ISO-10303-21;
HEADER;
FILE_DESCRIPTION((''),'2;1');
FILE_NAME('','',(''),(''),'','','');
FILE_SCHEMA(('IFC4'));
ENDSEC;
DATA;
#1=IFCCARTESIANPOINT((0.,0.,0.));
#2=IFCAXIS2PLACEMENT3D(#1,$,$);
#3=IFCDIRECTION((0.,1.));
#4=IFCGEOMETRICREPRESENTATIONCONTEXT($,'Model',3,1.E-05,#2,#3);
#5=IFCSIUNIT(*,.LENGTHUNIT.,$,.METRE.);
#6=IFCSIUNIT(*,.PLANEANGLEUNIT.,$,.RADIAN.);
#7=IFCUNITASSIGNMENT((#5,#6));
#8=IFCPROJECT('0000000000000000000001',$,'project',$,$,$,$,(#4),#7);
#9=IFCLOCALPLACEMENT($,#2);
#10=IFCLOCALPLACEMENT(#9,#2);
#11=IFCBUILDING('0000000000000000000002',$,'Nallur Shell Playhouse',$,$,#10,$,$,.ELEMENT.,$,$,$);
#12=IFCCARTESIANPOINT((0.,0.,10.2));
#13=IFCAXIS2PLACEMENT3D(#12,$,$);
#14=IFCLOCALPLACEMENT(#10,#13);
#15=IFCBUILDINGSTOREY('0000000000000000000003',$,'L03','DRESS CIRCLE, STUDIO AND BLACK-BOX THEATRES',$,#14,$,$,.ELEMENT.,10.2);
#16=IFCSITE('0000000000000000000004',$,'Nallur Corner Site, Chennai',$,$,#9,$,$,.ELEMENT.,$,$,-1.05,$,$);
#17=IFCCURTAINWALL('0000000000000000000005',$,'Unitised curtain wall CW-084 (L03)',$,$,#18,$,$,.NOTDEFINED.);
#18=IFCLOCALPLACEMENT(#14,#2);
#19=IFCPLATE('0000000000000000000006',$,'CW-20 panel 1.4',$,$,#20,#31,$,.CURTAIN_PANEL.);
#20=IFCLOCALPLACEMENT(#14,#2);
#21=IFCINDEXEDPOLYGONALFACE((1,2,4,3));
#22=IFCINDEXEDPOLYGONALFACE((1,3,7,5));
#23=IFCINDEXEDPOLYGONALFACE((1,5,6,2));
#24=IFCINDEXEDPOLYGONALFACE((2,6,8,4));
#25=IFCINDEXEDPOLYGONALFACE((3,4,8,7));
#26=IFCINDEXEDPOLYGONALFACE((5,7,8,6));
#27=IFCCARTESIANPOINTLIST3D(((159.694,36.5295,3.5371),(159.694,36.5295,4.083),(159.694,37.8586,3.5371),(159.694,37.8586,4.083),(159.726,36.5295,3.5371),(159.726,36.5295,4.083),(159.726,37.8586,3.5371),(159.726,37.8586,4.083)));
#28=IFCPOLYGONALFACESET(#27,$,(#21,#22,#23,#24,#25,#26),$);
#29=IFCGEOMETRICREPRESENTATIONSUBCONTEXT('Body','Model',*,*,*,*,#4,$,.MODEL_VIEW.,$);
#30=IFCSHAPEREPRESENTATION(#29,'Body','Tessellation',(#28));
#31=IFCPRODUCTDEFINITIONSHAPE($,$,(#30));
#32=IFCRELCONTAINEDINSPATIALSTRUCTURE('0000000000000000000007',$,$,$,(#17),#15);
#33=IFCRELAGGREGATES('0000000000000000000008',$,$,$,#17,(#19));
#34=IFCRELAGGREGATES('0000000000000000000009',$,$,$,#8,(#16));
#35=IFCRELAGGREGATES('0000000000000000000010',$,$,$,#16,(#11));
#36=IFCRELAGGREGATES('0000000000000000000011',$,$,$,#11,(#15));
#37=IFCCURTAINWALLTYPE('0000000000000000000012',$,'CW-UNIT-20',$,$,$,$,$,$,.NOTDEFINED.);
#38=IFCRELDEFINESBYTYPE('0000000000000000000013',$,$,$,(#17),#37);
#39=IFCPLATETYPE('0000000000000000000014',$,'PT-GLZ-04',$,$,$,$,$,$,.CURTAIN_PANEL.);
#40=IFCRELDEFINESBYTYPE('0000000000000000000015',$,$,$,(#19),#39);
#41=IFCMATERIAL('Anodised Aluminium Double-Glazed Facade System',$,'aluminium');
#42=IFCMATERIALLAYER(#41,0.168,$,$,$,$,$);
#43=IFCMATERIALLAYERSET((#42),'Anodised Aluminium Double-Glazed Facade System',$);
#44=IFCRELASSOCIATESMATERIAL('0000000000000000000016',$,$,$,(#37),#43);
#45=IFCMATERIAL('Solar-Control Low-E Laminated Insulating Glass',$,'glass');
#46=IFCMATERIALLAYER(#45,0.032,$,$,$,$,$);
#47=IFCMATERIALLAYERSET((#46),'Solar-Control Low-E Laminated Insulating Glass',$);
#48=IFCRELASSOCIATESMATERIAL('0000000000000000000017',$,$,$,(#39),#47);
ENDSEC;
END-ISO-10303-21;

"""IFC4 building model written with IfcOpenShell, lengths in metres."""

from ifc_helpers import new_model, si_unit, direction, frame, origin, origin_2d, place, context, subcontext, project, spatial, rectangle, extrude, material, layer, layer_set, type_object, element, aggregate, save


model = new_model("IFC4")

# Units and contexts
model_context = context("Model", 3, precision=1e-05, world=origin(), true_north=direction((0.0, 1.0)))
body_context = subcontext(model_context, "Body", "Model", "MODEL_VIEW")
ifc_project = project(units=[si_unit("LENGTHUNIT", "METRE"), si_unit("PLANEANGLEUNIT", "RADIAN")], contexts=[model_context])

# Site, building, storey
site_placement = place(None, origin())
site = spatial("IfcSite", under=ifc_project, at=site_placement, Name="Nallur Corner Site, Chennai", CompositionType="ELEMENT", RefElevation=-1.05)
building_placement = place(site_placement, origin())
building = spatial("IfcBuilding", under=site, at=building_placement, Name="Nallur Shell Playhouse", CompositionType="ELEMENT")
storey_placement = place(building_placement, frame((0.0, 0.0, 10.2)))
storey = spatial("IfcBuildingStorey", under=building, at=storey_placement, Name="L03", Description="DRESS CIRCLE, STUDIO AND BLACK-BOX THEATRES", CompositionType="ELEMENT", Elevation=10.2)

# Shared definitions
ifc_material_1 = material(Name="Anodised Aluminium Double-Glazed Facade System", Category="aluminium")

# Curtain wall
ifc_layer_1 = layer(ifc_material_1, 0.168)
ifc_layer_set_1 = layer_set([ifc_layer_1], Name="Anodised Aluminium Double-Glazed Facade System")
curtain_wall_type_1 = type_object("IfcCurtainWallType", Name="CW-UNIT-20", PredefinedType="NOTDEFINED", material=ifc_layer_set_1)
curtain_wall_1_placement = place(storey_placement, origin())
curtain_wall_1 = element("IfcCurtainWall", 1, at=curtain_wall_1_placement, inside=storey, type_object=curtain_wall_type_1, Name="Unitised curtain wall CW-084 (L03)", PredefinedType="NOTDEFINED")

# Plate
ifc_material_2 = material(Name="Solar-Control Low-E Laminated Insulating Glass", Category="glass")
ifc_layer_2 = layer(ifc_material_2, 0.032)
ifc_layer_set_2 = layer_set([ifc_layer_2], Name="Solar-Control Low-E Laminated Insulating Glass")
plate_type_1 = type_object("IfcPlateType", Name="PT-GLZ-04", PredefinedType="CURTAIN_PANEL", material=ifc_layer_set_2)
plate_1_placement = place(storey_placement, frame((159.71, 37.1941, 3.5371), z_axis=(0.0, 0.0, 1.0), x_axis=(0.0, -1.0, 0.0)))
plate_1 = element("IfcPlate", 2, at=plate_1_placement, type_object=plate_type_1, Name="CW-20 panel 1.4", PredefinedType="CURTAIN_PANEL", context=body_context, shape_type="SweptSolid", body=[
    extrude(rectangle(XDim=1.3291, YDim=0.032, at=origin_2d()), origin(), (0.0, 0.0, 1.0), 0.5459),
])
aggregate(curtain_wall_1, [plate_1])

save(model, "model.ifc")
